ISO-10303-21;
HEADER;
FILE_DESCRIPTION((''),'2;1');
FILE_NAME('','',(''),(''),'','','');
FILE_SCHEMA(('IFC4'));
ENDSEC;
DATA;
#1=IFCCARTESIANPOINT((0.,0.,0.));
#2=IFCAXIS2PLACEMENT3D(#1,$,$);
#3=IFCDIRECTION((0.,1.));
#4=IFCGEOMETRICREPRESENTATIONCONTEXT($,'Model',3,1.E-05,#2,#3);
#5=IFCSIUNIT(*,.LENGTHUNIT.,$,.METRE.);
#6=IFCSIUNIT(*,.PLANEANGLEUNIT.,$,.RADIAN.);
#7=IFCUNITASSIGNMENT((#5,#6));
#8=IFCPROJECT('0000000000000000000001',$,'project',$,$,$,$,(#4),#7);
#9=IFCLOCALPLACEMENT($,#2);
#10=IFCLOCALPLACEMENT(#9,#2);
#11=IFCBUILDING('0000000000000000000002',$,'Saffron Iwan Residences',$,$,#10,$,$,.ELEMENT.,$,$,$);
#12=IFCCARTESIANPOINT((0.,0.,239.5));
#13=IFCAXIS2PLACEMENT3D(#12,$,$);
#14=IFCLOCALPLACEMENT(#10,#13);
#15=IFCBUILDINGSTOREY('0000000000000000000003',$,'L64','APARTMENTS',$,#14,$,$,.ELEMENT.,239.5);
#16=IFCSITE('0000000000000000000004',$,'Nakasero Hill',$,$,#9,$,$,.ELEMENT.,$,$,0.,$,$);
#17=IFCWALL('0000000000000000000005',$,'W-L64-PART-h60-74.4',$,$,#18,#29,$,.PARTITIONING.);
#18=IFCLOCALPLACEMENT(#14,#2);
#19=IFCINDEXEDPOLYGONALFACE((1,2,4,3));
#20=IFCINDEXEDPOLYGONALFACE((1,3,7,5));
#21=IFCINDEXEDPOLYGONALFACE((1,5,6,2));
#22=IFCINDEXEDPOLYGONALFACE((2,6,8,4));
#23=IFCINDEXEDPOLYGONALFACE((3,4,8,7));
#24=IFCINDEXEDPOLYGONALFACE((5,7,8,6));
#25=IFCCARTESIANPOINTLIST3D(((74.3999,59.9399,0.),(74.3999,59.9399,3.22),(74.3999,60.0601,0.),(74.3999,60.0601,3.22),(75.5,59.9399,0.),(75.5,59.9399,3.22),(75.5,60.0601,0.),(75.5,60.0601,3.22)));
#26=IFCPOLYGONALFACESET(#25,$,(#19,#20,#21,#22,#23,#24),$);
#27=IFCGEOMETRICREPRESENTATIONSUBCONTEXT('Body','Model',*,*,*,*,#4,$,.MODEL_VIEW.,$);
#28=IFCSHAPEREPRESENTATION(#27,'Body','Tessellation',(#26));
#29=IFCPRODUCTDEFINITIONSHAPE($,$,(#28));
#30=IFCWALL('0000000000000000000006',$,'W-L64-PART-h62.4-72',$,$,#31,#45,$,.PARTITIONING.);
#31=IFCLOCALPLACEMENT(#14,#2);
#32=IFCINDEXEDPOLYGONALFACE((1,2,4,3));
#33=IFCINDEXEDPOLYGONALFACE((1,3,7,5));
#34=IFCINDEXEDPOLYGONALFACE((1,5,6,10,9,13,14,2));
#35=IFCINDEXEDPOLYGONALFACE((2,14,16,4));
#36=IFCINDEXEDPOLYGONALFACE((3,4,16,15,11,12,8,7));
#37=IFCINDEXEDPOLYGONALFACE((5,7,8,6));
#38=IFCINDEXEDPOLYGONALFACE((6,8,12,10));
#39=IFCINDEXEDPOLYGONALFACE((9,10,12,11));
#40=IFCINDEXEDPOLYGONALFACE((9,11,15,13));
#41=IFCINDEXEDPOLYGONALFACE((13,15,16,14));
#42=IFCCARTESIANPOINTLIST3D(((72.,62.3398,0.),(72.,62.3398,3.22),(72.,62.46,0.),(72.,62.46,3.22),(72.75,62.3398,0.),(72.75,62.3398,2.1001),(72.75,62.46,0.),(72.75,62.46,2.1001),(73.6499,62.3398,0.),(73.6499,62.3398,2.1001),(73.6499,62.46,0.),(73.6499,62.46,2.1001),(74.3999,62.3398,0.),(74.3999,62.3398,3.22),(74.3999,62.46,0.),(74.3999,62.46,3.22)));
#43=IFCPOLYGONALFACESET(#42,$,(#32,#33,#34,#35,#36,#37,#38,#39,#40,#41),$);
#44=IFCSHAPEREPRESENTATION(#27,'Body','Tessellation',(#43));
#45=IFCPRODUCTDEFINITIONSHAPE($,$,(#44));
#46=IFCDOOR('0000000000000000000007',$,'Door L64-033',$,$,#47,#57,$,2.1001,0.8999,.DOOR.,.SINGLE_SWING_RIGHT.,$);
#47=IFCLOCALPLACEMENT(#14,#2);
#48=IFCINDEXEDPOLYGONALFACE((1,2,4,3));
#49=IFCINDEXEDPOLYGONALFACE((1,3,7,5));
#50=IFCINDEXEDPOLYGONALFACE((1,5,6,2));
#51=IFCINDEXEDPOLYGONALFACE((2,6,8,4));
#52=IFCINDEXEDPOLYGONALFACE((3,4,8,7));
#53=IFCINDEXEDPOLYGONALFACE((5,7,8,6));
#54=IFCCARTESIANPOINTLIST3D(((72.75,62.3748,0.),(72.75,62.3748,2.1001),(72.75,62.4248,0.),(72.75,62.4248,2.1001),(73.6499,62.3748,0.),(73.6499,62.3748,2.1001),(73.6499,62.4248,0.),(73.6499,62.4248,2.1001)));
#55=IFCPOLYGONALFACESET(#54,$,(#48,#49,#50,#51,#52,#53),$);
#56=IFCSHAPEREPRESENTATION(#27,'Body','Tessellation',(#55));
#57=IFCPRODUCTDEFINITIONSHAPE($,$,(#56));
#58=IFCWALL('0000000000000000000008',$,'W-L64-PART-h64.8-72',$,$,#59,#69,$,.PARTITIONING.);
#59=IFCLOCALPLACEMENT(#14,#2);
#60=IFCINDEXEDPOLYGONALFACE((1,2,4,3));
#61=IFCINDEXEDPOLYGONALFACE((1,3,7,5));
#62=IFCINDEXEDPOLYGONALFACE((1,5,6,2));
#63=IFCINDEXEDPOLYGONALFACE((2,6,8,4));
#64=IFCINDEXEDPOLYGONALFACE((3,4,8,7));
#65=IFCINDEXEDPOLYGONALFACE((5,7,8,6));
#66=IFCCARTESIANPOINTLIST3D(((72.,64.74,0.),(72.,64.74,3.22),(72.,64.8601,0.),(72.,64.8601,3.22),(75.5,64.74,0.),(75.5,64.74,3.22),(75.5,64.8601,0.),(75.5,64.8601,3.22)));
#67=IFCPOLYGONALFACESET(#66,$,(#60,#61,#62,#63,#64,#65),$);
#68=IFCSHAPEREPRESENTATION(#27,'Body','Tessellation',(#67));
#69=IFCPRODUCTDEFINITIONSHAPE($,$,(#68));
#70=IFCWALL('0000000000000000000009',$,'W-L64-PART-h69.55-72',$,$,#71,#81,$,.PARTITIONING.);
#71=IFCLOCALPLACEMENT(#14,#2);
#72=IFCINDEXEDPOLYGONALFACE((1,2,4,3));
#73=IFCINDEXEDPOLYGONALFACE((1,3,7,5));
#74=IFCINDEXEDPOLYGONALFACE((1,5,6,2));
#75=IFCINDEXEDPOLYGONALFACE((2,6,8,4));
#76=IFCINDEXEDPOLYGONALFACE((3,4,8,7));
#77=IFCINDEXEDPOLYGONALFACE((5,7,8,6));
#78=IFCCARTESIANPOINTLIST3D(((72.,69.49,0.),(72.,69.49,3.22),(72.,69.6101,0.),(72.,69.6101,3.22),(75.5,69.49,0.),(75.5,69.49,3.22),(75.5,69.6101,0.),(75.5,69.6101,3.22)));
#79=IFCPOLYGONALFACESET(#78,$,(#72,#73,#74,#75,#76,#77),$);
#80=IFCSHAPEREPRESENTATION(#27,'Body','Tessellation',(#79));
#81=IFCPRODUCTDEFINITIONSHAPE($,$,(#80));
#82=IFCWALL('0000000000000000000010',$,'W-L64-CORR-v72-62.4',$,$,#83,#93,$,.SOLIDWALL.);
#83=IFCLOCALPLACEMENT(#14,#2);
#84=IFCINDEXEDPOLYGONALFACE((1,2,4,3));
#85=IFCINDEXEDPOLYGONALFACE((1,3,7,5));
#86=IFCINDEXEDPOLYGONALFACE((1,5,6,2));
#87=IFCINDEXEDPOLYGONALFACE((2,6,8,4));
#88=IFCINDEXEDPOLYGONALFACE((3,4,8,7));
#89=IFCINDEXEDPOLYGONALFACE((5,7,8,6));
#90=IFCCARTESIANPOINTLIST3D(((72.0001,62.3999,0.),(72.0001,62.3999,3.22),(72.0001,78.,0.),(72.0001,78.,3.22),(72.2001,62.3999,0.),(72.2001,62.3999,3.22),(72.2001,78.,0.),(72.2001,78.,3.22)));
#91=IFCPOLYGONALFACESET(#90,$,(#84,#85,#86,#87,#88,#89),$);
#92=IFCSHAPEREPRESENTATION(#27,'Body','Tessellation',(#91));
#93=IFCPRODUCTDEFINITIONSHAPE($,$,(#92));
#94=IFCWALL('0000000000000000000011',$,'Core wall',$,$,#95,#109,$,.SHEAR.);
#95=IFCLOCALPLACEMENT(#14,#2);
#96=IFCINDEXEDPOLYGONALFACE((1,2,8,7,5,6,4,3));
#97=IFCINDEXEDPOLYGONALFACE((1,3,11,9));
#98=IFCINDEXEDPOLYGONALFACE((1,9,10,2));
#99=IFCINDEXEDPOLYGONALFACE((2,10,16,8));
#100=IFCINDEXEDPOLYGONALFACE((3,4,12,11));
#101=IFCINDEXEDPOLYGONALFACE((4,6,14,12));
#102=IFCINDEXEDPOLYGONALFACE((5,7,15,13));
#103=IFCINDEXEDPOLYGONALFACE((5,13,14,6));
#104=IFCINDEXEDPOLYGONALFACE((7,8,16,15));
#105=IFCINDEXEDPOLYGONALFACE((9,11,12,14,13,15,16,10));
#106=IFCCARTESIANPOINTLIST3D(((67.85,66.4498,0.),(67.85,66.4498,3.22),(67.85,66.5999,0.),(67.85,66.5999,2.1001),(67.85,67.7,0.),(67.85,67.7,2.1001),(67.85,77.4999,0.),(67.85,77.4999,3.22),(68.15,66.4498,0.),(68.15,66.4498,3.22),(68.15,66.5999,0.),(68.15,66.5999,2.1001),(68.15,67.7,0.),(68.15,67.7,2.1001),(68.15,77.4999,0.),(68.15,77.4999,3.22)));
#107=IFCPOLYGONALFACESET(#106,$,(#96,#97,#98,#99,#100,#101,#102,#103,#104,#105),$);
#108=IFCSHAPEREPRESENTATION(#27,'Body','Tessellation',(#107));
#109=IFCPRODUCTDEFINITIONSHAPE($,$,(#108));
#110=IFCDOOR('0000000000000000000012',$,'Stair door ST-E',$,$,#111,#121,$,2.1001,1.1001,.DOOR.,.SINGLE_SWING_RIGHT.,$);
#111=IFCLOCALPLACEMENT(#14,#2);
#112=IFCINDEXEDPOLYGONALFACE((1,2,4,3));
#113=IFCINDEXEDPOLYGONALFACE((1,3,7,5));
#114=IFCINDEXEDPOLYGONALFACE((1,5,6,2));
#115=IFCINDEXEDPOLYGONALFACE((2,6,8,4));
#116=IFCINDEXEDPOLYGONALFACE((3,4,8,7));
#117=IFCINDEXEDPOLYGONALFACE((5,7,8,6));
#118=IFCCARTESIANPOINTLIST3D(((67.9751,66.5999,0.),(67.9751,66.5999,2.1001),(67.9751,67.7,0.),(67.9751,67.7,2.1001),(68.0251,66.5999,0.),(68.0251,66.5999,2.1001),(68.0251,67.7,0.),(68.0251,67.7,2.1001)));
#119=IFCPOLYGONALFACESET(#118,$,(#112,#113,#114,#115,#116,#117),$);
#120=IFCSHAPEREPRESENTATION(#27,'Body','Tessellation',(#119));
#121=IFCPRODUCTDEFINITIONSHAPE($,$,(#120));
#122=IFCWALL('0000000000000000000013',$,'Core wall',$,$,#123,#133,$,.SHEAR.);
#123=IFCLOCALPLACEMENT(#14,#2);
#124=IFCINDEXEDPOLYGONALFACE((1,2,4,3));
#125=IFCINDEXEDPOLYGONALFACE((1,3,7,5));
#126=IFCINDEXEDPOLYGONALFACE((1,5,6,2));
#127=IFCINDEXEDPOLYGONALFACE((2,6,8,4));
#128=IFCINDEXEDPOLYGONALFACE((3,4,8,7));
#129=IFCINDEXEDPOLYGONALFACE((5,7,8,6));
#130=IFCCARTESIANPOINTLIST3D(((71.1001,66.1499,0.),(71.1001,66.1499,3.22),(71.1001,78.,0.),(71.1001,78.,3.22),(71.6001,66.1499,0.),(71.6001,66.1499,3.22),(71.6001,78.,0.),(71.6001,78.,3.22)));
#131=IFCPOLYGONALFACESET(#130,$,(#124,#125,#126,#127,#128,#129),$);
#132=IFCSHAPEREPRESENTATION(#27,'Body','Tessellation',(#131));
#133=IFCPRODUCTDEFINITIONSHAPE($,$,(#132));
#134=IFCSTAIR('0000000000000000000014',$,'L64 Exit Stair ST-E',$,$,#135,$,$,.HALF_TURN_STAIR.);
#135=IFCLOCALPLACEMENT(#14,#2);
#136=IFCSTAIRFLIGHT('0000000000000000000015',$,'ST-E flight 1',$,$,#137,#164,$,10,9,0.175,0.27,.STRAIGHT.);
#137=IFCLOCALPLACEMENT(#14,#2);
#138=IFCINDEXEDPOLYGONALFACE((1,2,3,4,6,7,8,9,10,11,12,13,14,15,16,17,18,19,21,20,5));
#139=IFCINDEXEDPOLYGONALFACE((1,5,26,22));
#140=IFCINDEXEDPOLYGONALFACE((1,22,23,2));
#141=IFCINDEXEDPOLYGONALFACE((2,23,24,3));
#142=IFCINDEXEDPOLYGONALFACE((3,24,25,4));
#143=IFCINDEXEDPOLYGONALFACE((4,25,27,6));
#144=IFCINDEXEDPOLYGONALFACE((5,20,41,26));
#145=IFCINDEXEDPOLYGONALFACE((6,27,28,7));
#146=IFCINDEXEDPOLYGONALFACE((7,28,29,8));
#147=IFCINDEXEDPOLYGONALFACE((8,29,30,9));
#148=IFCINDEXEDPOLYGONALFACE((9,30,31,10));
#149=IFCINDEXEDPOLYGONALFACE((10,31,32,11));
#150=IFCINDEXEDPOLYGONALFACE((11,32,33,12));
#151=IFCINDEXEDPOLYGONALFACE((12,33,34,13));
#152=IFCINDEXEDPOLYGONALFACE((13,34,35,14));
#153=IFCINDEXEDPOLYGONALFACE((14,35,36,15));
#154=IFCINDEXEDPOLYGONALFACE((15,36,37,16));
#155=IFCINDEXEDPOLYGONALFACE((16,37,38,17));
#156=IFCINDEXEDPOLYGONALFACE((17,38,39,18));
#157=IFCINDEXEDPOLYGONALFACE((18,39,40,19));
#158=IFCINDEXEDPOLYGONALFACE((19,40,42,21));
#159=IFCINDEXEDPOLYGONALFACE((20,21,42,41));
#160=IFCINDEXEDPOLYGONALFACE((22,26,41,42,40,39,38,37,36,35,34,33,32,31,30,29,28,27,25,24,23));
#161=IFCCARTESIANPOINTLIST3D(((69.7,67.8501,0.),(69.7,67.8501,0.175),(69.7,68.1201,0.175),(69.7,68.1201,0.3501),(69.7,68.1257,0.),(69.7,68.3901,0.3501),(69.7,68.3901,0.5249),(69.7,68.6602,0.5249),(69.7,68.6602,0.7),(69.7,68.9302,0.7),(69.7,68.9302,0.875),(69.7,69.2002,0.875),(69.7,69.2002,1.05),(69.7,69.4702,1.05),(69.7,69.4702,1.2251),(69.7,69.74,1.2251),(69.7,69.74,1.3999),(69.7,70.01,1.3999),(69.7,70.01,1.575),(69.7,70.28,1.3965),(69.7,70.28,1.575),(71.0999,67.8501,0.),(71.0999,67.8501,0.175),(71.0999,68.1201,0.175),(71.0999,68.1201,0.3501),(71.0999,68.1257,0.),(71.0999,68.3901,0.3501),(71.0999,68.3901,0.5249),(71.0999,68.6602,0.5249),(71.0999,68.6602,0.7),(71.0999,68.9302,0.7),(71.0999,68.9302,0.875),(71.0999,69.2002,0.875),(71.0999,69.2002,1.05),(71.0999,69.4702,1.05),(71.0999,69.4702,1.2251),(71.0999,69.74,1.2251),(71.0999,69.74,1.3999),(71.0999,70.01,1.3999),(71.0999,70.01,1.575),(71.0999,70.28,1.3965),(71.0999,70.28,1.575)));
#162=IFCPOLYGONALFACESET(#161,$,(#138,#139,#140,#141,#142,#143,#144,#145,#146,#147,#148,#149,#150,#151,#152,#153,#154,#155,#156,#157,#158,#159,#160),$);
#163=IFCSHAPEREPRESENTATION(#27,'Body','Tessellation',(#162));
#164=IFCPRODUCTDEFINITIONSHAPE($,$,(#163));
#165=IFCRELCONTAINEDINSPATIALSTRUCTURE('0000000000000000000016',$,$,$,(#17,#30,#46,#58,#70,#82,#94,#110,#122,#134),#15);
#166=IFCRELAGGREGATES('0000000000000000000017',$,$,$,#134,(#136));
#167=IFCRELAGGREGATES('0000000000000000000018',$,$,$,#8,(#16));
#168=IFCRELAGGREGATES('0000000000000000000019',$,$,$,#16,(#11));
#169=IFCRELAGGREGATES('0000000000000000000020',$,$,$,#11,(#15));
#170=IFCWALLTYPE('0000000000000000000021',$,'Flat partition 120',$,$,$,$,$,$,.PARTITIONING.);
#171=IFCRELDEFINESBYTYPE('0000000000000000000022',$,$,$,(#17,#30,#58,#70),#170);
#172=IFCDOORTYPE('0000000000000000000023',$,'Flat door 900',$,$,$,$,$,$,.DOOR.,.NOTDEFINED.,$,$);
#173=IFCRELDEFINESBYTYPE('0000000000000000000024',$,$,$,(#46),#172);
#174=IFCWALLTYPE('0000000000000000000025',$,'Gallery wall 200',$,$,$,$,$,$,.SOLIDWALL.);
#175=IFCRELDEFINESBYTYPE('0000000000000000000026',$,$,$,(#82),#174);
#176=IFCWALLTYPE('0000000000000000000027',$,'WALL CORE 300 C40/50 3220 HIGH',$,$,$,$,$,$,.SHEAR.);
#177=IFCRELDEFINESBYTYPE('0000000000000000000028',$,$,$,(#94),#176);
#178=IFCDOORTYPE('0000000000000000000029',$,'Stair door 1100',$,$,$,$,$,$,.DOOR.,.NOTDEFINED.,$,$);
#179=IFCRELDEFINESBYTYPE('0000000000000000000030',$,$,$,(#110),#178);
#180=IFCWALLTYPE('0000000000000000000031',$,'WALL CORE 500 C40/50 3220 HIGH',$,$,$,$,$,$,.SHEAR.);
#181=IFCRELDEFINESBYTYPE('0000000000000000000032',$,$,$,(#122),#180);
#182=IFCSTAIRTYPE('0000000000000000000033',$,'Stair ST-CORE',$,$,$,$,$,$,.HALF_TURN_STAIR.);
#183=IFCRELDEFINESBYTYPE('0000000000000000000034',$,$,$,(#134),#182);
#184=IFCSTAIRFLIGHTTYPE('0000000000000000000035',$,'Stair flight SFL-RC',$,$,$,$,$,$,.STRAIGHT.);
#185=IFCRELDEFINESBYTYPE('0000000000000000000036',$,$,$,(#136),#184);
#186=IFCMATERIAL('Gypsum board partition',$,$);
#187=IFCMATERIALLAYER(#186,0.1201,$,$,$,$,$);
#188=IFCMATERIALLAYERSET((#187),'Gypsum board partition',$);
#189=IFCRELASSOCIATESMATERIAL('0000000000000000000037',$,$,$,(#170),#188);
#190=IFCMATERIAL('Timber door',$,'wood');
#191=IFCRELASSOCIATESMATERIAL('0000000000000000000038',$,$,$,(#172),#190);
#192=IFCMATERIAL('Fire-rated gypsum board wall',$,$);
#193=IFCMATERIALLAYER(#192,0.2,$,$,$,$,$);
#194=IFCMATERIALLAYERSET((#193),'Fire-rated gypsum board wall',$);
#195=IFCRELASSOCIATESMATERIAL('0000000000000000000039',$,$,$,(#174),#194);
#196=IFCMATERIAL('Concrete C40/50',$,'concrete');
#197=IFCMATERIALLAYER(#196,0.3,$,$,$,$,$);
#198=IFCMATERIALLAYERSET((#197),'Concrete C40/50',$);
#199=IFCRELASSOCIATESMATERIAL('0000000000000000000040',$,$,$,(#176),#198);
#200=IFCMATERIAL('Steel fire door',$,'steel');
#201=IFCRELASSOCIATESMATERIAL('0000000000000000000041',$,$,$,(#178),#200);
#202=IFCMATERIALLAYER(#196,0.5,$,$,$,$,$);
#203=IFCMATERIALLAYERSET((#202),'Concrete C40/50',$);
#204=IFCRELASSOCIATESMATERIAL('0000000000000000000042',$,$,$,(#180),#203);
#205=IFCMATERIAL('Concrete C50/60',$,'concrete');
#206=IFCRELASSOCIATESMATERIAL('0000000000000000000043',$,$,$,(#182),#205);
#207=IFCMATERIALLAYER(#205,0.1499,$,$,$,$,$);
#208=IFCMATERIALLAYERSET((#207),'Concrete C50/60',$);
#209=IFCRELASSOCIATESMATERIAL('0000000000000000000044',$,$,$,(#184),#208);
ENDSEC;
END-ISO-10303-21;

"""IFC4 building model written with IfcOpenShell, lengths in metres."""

from ifc_helpers import new_model, si_unit, direction, frame, frame_2d, origin, place, context, subcontext, project, spatial, polyline, rectangle, outline, extrude, material, layer, layer_set, type_object, element, fill, aggregate, save


model = new_model("IFC4")

# Units and contexts
model_context = context("Model", 3, precision=1e-05, world=origin(), true_north=direction((0.0, 1.0)))
body_context = subcontext(model_context, "Body", "Model", "MODEL_VIEW")
ifc_project = project(units=[si_unit("LENGTHUNIT", "METRE"), si_unit("PLANEANGLEUNIT", "RADIAN")], contexts=[model_context])

# Site, building, storey
site_placement = place(None, origin())
site = spatial("IfcSite", under=ifc_project, at=site_placement, Name="Nakasero Hill", CompositionType="ELEMENT", RefElevation=0.0)
building_placement = place(site_placement, origin())
building = spatial("IfcBuilding", under=site, at=building_placement, Name="Saffron Iwan Residences", CompositionType="ELEMENT")
storey_placement = place(building_placement, frame((0.0, 0.0, 239.5)))
storey = spatial("IfcBuildingStorey", under=building, at=storey_placement, Name="L64", Description="APARTMENTS", CompositionType="ELEMENT", Elevation=239.5)

# Wall
ifc_material_1 = material(Name="Gypsum board partition")
ifc_layer_1 = layer(ifc_material_1, 0.1201)
ifc_layer_set_1 = layer_set([ifc_layer_1], Name="Gypsum board partition")
wall_type_1 = type_object("IfcWallType", Name="Flat partition 120", PredefinedType="PARTITIONING", material=ifc_layer_set_1)
wall_1_placement = place(storey_placement, frame((74.3999, 60.0, 0.0), z_axis=(0.0, 0.0, 1.0), x_axis=(1.0, 0.0, 0.0)))
element("IfcWall", 1, at=wall_1_placement, inside=storey, type_object=wall_type_1, Name="W-L64-PART-h60-74.4", PredefinedType="PARTITIONING", context=body_context, shape_type="SweptSolid", body=[
    extrude(rectangle(XDim=1.1001, YDim=0.1201, at=frame_2d((0.55, 0.0))), origin(), (0.0, 0.0, 1.0), 3.22),
])

# Wall, opening, door
wall_2_placement = place(storey_placement, frame((72.0, 62.3999, 0.0), z_axis=(0.0, 0.0, 1.0), x_axis=(1.0, 0.0, 0.0)))
wall_2 = element("IfcWall", 2, at=wall_2_placement, inside=storey, type_object=wall_type_1, Name="W-L64-PART-h62.4-72", PredefinedType="PARTITIONING", context=body_context, shape_type="SweptSolid", body=[
    extrude(rectangle(XDim=2.3999, YDim=0.1201, at=frame_2d((1.2, 0.0))), origin(), (0.0, 0.0, 1.0), 3.22),
])
opening_1_placement = place(wall_2_placement, frame((0.75, 0.0, 0.0)))
opening_1 = element("IfcOpeningElement", 3, at=opening_1_placement, cuts=wall_2, PredefinedType="OPENING", context=body_context, shape_type="SweptSolid", body=[
    extrude(rectangle(XDim=0.8999, YDim=2.1001, at=frame_2d((0.45, 1.05))), frame((0.0, 0.0701, 0.0), z_axis=(0.0, -1.0, 0.0), x_axis=(1.0, 0.0, 0.0)), (0.0, 0.0, 1.0), 0.1401),
])
ifc_material_2 = material(Name="Timber door", Category="wood")
door_type_1 = type_object("IfcDoorType", Name="Flat door 900", OperationType="NOTDEFINED", PredefinedType="DOOR", material=ifc_material_2)
door_1_placement = place(opening_1_placement, origin())
door_1 = element("IfcDoor", 4, at=door_1_placement, inside=storey, type_object=door_type_1, Name="Door L64-033", OperationType="SINGLE_SWING_RIGHT", OverallHeight=2.1001, OverallWidth=0.8999, PredefinedType="DOOR", context=body_context, shape_type="SweptSolid", body=[
    extrude(rectangle(XDim=0.8999, YDim=2.1001, at=frame_2d((0.45, 1.05))), frame((0.0, 0.0249, 0.0), z_axis=(0.0, -1.0, 0.0), x_axis=(1.0, 0.0, 0.0)), (0.0, 0.0, 1.0), 0.05),
])
fill(opening_1, door_1)

# Walls
for number, where, z_axis, x_axis, name in (
    (5, (72.0, 64.8, 0.0), (0.0, 0.0, 1.0), (1.0, 0.0, 0.0), "W-L64-PART-h64.8-72"),
    (6, (72.0, 69.55, 0.0), (0.0, 0.0, 1.0), (1.0, 0.0, 0.0), "W-L64-PART-h69.55-72"),
):
    element("IfcWall", number, at=place(storey_placement, frame(where, z_axis=z_axis, x_axis=x_axis)), inside=storey, type_object=wall_type_1, Name=name, PredefinedType="PARTITIONING", context=body_context, shape_type="SweptSolid", body=[
        extrude(rectangle(XDim=3.5, YDim=0.1201, at=frame_2d((1.75, 0.0))), origin(), (0.0, 0.0, 1.0), 3.22),
    ])
ifc_material_3 = material(Name="Fire-rated gypsum board wall")
ifc_layer_2 = layer(ifc_material_3, 0.2)
ifc_layer_set_2 = layer_set([ifc_layer_2], Name="Fire-rated gypsum board wall")
wall_type_2 = type_object("IfcWallType", Name="Gallery wall 200", PredefinedType="SOLIDWALL", material=ifc_layer_set_2)
wall_3_placement = place(storey_placement, frame((72.1001, 62.3999, 0.0), z_axis=(0.0, 0.0, 1.0), x_axis=(0.0, 1.0, 0.0)))
element("IfcWall", 7, at=wall_3_placement, inside=storey, type_object=wall_type_2, Name="W-L64-CORR-v72-62.4", PredefinedType="SOLIDWALL", context=body_context, shape_type="SweptSolid", body=[
    extrude(rectangle(XDim=15.6001, YDim=0.2, at=frame_2d((7.8, 0.0))), origin(), (0.0, 0.0, 1.0), 3.22),
])

# Wall, opening, door
ifc_material_4 = material(Name="Concrete C40/50", Category="concrete")
ifc_layer_3 = layer(ifc_material_4, 0.3)
ifc_layer_set_3 = layer_set([ifc_layer_3], Name="Concrete C40/50")
wall_type_3 = type_object("IfcWallType", Name="WALL CORE 300 C40/50 3220 HIGH", PredefinedType="SHEAR", material=ifc_layer_set_3)
wall_4_placement = place(storey_placement, frame((68.0, 66.45, 0.0), z_axis=(0.0, 0.0, 1.0), x_axis=(0.0, 1.0, 0.0)))
wall_4 = element("IfcWall", 8, at=wall_4_placement, inside=storey, type_object=wall_type_3, Name="Core wall", PredefinedType="SHEAR", context=body_context, shape_type="SweptSolid", body=[
    extrude(rectangle(XDim=11.05, YDim=0.3, at=frame_2d((5.5249, 0.0))), origin(), (0.0, 0.0, 1.0), 3.22),
])
opening_2_placement = place(wall_4_placement, frame((0.1499, 0.0, 0.0)))
opening_2 = element("IfcOpeningElement", 9, at=opening_2_placement, cuts=wall_4, PredefinedType="OPENING", context=body_context, shape_type="SweptSolid", body=[
    extrude(rectangle(XDim=1.1001, YDim=2.1001, at=frame_2d((0.55, 1.05))), frame((0.0, 0.1602, 0.0), z_axis=(0.0, -1.0, 0.0), x_axis=(1.0, 0.0, 0.0)), (0.0, 0.0, 1.0), 0.3201),
])
ifc_material_5 = material(Name="Steel fire door", Category="steel")
door_type_2 = type_object("IfcDoorType", Name="Stair door 1100", OperationType="NOTDEFINED", PredefinedType="DOOR", material=ifc_material_5)
door_2_placement = place(opening_2_placement, origin())
door_2 = element("IfcDoor", 10, at=door_2_placement, inside=storey, type_object=door_type_2, Name="Stair door ST-E", OperationType="SINGLE_SWING_RIGHT", OverallHeight=2.1001, OverallWidth=1.1001, PredefinedType="DOOR", context=body_context, shape_type="SweptSolid", body=[
    extrude(rectangle(XDim=1.1001, YDim=2.1001, at=frame_2d((0.55, 1.05))), frame((0.0, 0.0249, 0.0), z_axis=(0.0, -1.0, 0.0), x_axis=(1.0, 0.0, 0.0)), (0.0, 0.0, 1.0), 0.05),
])
fill(opening_2, door_2)

# Wall
ifc_layer_4 = layer(ifc_material_4, 0.5)
ifc_layer_set_4 = layer_set([ifc_layer_4], Name="Concrete C40/50")
wall_type_4 = type_object("IfcWallType", Name="WALL CORE 500 C40/50 3220 HIGH", PredefinedType="SHEAR", material=ifc_layer_set_4)
wall_5_placement = place(storey_placement, frame((71.3501, 66.1499, 0.0), z_axis=(0.0, 0.0, 1.0), x_axis=(0.0, 1.0, 0.0)))
element("IfcWall", 11, at=wall_5_placement, inside=storey, type_object=wall_type_4, Name="Core wall", PredefinedType="SHEAR", context=body_context, shape_type="SweptSolid", body=[
    extrude(rectangle(XDim=11.8501, YDim=0.5, at=frame_2d((5.925, 0.0))), origin(), (0.0, 0.0, 1.0), 3.22),
])

# Stair, stair flight
ifc_material_6 = material(Name="Concrete C50/60", Category="concrete")
stair_type = type_object("IfcStairType", Name="Stair ST-CORE", PredefinedType="HALF_TURN_STAIR", material=ifc_material_6)
stair_placement = place(storey_placement, origin())
stair = element("IfcStair", 12, at=stair_placement, inside=storey, type_object=stair_type, Name="L64 Exit Stair ST-E", PredefinedType="HALF_TURN_STAIR")
ifc_layer_5 = layer(ifc_material_6, 0.1499)
ifc_layer_set_5 = layer_set([ifc_layer_5], Name="Concrete C50/60")
stair_flight_type = type_object("IfcStairFlightType", Name="Stair flight SFL-RC", PredefinedType="STRAIGHT", material=ifc_layer_set_5)
stair_flight_placement = place(storey_placement, frame((70.3999, 67.8501, 0.0), z_axis=(0.0, 0.0, 1.0), x_axis=(0.0, 1.0, 0.0)))
stair_flight = element("IfcStairFlight", 13, at=stair_flight_placement, type_object=stair_flight_type, Name="ST-E flight 1", NumberOfRisers=10, NumberOfTreads=9, PredefinedType="STRAIGHT", RiserHeight=0.175, TreadLength=0.27, context=body_context, shape_type="SweptSolid", body=[
    extrude(outline(polyline([(0.0, 0.0), (0.0, 0.175), (0.27, 0.175), (0.27, 0.3501), (0.54, 0.3501), (0.54, 0.5249), (0.8101, 0.5249), (0.8101, 0.7), (1.0801, 0.7), (1.0801, 0.875), (1.3501, 0.875), (1.3501, 1.05), (1.6201, 1.05), (1.6201, 1.2251), (1.8899, 1.2251), (1.8899, 1.3999), (2.1599, 1.3999), (2.1599, 1.575), (2.4299, 1.575), (2.4299, 1.75), (2.4299, 1.3965), (0.2756, 0.0), (0.0, 0.0)])), frame((0.0, 0.7, 0.0), z_axis=(0.0, -1.0, 0.0), x_axis=(1.0, 0.0, 0.0)), (0.0, 0.0, 1.0), 1.3999),
])
aggregate(stair, [stair_flight])

save(model, "model.ifc")
